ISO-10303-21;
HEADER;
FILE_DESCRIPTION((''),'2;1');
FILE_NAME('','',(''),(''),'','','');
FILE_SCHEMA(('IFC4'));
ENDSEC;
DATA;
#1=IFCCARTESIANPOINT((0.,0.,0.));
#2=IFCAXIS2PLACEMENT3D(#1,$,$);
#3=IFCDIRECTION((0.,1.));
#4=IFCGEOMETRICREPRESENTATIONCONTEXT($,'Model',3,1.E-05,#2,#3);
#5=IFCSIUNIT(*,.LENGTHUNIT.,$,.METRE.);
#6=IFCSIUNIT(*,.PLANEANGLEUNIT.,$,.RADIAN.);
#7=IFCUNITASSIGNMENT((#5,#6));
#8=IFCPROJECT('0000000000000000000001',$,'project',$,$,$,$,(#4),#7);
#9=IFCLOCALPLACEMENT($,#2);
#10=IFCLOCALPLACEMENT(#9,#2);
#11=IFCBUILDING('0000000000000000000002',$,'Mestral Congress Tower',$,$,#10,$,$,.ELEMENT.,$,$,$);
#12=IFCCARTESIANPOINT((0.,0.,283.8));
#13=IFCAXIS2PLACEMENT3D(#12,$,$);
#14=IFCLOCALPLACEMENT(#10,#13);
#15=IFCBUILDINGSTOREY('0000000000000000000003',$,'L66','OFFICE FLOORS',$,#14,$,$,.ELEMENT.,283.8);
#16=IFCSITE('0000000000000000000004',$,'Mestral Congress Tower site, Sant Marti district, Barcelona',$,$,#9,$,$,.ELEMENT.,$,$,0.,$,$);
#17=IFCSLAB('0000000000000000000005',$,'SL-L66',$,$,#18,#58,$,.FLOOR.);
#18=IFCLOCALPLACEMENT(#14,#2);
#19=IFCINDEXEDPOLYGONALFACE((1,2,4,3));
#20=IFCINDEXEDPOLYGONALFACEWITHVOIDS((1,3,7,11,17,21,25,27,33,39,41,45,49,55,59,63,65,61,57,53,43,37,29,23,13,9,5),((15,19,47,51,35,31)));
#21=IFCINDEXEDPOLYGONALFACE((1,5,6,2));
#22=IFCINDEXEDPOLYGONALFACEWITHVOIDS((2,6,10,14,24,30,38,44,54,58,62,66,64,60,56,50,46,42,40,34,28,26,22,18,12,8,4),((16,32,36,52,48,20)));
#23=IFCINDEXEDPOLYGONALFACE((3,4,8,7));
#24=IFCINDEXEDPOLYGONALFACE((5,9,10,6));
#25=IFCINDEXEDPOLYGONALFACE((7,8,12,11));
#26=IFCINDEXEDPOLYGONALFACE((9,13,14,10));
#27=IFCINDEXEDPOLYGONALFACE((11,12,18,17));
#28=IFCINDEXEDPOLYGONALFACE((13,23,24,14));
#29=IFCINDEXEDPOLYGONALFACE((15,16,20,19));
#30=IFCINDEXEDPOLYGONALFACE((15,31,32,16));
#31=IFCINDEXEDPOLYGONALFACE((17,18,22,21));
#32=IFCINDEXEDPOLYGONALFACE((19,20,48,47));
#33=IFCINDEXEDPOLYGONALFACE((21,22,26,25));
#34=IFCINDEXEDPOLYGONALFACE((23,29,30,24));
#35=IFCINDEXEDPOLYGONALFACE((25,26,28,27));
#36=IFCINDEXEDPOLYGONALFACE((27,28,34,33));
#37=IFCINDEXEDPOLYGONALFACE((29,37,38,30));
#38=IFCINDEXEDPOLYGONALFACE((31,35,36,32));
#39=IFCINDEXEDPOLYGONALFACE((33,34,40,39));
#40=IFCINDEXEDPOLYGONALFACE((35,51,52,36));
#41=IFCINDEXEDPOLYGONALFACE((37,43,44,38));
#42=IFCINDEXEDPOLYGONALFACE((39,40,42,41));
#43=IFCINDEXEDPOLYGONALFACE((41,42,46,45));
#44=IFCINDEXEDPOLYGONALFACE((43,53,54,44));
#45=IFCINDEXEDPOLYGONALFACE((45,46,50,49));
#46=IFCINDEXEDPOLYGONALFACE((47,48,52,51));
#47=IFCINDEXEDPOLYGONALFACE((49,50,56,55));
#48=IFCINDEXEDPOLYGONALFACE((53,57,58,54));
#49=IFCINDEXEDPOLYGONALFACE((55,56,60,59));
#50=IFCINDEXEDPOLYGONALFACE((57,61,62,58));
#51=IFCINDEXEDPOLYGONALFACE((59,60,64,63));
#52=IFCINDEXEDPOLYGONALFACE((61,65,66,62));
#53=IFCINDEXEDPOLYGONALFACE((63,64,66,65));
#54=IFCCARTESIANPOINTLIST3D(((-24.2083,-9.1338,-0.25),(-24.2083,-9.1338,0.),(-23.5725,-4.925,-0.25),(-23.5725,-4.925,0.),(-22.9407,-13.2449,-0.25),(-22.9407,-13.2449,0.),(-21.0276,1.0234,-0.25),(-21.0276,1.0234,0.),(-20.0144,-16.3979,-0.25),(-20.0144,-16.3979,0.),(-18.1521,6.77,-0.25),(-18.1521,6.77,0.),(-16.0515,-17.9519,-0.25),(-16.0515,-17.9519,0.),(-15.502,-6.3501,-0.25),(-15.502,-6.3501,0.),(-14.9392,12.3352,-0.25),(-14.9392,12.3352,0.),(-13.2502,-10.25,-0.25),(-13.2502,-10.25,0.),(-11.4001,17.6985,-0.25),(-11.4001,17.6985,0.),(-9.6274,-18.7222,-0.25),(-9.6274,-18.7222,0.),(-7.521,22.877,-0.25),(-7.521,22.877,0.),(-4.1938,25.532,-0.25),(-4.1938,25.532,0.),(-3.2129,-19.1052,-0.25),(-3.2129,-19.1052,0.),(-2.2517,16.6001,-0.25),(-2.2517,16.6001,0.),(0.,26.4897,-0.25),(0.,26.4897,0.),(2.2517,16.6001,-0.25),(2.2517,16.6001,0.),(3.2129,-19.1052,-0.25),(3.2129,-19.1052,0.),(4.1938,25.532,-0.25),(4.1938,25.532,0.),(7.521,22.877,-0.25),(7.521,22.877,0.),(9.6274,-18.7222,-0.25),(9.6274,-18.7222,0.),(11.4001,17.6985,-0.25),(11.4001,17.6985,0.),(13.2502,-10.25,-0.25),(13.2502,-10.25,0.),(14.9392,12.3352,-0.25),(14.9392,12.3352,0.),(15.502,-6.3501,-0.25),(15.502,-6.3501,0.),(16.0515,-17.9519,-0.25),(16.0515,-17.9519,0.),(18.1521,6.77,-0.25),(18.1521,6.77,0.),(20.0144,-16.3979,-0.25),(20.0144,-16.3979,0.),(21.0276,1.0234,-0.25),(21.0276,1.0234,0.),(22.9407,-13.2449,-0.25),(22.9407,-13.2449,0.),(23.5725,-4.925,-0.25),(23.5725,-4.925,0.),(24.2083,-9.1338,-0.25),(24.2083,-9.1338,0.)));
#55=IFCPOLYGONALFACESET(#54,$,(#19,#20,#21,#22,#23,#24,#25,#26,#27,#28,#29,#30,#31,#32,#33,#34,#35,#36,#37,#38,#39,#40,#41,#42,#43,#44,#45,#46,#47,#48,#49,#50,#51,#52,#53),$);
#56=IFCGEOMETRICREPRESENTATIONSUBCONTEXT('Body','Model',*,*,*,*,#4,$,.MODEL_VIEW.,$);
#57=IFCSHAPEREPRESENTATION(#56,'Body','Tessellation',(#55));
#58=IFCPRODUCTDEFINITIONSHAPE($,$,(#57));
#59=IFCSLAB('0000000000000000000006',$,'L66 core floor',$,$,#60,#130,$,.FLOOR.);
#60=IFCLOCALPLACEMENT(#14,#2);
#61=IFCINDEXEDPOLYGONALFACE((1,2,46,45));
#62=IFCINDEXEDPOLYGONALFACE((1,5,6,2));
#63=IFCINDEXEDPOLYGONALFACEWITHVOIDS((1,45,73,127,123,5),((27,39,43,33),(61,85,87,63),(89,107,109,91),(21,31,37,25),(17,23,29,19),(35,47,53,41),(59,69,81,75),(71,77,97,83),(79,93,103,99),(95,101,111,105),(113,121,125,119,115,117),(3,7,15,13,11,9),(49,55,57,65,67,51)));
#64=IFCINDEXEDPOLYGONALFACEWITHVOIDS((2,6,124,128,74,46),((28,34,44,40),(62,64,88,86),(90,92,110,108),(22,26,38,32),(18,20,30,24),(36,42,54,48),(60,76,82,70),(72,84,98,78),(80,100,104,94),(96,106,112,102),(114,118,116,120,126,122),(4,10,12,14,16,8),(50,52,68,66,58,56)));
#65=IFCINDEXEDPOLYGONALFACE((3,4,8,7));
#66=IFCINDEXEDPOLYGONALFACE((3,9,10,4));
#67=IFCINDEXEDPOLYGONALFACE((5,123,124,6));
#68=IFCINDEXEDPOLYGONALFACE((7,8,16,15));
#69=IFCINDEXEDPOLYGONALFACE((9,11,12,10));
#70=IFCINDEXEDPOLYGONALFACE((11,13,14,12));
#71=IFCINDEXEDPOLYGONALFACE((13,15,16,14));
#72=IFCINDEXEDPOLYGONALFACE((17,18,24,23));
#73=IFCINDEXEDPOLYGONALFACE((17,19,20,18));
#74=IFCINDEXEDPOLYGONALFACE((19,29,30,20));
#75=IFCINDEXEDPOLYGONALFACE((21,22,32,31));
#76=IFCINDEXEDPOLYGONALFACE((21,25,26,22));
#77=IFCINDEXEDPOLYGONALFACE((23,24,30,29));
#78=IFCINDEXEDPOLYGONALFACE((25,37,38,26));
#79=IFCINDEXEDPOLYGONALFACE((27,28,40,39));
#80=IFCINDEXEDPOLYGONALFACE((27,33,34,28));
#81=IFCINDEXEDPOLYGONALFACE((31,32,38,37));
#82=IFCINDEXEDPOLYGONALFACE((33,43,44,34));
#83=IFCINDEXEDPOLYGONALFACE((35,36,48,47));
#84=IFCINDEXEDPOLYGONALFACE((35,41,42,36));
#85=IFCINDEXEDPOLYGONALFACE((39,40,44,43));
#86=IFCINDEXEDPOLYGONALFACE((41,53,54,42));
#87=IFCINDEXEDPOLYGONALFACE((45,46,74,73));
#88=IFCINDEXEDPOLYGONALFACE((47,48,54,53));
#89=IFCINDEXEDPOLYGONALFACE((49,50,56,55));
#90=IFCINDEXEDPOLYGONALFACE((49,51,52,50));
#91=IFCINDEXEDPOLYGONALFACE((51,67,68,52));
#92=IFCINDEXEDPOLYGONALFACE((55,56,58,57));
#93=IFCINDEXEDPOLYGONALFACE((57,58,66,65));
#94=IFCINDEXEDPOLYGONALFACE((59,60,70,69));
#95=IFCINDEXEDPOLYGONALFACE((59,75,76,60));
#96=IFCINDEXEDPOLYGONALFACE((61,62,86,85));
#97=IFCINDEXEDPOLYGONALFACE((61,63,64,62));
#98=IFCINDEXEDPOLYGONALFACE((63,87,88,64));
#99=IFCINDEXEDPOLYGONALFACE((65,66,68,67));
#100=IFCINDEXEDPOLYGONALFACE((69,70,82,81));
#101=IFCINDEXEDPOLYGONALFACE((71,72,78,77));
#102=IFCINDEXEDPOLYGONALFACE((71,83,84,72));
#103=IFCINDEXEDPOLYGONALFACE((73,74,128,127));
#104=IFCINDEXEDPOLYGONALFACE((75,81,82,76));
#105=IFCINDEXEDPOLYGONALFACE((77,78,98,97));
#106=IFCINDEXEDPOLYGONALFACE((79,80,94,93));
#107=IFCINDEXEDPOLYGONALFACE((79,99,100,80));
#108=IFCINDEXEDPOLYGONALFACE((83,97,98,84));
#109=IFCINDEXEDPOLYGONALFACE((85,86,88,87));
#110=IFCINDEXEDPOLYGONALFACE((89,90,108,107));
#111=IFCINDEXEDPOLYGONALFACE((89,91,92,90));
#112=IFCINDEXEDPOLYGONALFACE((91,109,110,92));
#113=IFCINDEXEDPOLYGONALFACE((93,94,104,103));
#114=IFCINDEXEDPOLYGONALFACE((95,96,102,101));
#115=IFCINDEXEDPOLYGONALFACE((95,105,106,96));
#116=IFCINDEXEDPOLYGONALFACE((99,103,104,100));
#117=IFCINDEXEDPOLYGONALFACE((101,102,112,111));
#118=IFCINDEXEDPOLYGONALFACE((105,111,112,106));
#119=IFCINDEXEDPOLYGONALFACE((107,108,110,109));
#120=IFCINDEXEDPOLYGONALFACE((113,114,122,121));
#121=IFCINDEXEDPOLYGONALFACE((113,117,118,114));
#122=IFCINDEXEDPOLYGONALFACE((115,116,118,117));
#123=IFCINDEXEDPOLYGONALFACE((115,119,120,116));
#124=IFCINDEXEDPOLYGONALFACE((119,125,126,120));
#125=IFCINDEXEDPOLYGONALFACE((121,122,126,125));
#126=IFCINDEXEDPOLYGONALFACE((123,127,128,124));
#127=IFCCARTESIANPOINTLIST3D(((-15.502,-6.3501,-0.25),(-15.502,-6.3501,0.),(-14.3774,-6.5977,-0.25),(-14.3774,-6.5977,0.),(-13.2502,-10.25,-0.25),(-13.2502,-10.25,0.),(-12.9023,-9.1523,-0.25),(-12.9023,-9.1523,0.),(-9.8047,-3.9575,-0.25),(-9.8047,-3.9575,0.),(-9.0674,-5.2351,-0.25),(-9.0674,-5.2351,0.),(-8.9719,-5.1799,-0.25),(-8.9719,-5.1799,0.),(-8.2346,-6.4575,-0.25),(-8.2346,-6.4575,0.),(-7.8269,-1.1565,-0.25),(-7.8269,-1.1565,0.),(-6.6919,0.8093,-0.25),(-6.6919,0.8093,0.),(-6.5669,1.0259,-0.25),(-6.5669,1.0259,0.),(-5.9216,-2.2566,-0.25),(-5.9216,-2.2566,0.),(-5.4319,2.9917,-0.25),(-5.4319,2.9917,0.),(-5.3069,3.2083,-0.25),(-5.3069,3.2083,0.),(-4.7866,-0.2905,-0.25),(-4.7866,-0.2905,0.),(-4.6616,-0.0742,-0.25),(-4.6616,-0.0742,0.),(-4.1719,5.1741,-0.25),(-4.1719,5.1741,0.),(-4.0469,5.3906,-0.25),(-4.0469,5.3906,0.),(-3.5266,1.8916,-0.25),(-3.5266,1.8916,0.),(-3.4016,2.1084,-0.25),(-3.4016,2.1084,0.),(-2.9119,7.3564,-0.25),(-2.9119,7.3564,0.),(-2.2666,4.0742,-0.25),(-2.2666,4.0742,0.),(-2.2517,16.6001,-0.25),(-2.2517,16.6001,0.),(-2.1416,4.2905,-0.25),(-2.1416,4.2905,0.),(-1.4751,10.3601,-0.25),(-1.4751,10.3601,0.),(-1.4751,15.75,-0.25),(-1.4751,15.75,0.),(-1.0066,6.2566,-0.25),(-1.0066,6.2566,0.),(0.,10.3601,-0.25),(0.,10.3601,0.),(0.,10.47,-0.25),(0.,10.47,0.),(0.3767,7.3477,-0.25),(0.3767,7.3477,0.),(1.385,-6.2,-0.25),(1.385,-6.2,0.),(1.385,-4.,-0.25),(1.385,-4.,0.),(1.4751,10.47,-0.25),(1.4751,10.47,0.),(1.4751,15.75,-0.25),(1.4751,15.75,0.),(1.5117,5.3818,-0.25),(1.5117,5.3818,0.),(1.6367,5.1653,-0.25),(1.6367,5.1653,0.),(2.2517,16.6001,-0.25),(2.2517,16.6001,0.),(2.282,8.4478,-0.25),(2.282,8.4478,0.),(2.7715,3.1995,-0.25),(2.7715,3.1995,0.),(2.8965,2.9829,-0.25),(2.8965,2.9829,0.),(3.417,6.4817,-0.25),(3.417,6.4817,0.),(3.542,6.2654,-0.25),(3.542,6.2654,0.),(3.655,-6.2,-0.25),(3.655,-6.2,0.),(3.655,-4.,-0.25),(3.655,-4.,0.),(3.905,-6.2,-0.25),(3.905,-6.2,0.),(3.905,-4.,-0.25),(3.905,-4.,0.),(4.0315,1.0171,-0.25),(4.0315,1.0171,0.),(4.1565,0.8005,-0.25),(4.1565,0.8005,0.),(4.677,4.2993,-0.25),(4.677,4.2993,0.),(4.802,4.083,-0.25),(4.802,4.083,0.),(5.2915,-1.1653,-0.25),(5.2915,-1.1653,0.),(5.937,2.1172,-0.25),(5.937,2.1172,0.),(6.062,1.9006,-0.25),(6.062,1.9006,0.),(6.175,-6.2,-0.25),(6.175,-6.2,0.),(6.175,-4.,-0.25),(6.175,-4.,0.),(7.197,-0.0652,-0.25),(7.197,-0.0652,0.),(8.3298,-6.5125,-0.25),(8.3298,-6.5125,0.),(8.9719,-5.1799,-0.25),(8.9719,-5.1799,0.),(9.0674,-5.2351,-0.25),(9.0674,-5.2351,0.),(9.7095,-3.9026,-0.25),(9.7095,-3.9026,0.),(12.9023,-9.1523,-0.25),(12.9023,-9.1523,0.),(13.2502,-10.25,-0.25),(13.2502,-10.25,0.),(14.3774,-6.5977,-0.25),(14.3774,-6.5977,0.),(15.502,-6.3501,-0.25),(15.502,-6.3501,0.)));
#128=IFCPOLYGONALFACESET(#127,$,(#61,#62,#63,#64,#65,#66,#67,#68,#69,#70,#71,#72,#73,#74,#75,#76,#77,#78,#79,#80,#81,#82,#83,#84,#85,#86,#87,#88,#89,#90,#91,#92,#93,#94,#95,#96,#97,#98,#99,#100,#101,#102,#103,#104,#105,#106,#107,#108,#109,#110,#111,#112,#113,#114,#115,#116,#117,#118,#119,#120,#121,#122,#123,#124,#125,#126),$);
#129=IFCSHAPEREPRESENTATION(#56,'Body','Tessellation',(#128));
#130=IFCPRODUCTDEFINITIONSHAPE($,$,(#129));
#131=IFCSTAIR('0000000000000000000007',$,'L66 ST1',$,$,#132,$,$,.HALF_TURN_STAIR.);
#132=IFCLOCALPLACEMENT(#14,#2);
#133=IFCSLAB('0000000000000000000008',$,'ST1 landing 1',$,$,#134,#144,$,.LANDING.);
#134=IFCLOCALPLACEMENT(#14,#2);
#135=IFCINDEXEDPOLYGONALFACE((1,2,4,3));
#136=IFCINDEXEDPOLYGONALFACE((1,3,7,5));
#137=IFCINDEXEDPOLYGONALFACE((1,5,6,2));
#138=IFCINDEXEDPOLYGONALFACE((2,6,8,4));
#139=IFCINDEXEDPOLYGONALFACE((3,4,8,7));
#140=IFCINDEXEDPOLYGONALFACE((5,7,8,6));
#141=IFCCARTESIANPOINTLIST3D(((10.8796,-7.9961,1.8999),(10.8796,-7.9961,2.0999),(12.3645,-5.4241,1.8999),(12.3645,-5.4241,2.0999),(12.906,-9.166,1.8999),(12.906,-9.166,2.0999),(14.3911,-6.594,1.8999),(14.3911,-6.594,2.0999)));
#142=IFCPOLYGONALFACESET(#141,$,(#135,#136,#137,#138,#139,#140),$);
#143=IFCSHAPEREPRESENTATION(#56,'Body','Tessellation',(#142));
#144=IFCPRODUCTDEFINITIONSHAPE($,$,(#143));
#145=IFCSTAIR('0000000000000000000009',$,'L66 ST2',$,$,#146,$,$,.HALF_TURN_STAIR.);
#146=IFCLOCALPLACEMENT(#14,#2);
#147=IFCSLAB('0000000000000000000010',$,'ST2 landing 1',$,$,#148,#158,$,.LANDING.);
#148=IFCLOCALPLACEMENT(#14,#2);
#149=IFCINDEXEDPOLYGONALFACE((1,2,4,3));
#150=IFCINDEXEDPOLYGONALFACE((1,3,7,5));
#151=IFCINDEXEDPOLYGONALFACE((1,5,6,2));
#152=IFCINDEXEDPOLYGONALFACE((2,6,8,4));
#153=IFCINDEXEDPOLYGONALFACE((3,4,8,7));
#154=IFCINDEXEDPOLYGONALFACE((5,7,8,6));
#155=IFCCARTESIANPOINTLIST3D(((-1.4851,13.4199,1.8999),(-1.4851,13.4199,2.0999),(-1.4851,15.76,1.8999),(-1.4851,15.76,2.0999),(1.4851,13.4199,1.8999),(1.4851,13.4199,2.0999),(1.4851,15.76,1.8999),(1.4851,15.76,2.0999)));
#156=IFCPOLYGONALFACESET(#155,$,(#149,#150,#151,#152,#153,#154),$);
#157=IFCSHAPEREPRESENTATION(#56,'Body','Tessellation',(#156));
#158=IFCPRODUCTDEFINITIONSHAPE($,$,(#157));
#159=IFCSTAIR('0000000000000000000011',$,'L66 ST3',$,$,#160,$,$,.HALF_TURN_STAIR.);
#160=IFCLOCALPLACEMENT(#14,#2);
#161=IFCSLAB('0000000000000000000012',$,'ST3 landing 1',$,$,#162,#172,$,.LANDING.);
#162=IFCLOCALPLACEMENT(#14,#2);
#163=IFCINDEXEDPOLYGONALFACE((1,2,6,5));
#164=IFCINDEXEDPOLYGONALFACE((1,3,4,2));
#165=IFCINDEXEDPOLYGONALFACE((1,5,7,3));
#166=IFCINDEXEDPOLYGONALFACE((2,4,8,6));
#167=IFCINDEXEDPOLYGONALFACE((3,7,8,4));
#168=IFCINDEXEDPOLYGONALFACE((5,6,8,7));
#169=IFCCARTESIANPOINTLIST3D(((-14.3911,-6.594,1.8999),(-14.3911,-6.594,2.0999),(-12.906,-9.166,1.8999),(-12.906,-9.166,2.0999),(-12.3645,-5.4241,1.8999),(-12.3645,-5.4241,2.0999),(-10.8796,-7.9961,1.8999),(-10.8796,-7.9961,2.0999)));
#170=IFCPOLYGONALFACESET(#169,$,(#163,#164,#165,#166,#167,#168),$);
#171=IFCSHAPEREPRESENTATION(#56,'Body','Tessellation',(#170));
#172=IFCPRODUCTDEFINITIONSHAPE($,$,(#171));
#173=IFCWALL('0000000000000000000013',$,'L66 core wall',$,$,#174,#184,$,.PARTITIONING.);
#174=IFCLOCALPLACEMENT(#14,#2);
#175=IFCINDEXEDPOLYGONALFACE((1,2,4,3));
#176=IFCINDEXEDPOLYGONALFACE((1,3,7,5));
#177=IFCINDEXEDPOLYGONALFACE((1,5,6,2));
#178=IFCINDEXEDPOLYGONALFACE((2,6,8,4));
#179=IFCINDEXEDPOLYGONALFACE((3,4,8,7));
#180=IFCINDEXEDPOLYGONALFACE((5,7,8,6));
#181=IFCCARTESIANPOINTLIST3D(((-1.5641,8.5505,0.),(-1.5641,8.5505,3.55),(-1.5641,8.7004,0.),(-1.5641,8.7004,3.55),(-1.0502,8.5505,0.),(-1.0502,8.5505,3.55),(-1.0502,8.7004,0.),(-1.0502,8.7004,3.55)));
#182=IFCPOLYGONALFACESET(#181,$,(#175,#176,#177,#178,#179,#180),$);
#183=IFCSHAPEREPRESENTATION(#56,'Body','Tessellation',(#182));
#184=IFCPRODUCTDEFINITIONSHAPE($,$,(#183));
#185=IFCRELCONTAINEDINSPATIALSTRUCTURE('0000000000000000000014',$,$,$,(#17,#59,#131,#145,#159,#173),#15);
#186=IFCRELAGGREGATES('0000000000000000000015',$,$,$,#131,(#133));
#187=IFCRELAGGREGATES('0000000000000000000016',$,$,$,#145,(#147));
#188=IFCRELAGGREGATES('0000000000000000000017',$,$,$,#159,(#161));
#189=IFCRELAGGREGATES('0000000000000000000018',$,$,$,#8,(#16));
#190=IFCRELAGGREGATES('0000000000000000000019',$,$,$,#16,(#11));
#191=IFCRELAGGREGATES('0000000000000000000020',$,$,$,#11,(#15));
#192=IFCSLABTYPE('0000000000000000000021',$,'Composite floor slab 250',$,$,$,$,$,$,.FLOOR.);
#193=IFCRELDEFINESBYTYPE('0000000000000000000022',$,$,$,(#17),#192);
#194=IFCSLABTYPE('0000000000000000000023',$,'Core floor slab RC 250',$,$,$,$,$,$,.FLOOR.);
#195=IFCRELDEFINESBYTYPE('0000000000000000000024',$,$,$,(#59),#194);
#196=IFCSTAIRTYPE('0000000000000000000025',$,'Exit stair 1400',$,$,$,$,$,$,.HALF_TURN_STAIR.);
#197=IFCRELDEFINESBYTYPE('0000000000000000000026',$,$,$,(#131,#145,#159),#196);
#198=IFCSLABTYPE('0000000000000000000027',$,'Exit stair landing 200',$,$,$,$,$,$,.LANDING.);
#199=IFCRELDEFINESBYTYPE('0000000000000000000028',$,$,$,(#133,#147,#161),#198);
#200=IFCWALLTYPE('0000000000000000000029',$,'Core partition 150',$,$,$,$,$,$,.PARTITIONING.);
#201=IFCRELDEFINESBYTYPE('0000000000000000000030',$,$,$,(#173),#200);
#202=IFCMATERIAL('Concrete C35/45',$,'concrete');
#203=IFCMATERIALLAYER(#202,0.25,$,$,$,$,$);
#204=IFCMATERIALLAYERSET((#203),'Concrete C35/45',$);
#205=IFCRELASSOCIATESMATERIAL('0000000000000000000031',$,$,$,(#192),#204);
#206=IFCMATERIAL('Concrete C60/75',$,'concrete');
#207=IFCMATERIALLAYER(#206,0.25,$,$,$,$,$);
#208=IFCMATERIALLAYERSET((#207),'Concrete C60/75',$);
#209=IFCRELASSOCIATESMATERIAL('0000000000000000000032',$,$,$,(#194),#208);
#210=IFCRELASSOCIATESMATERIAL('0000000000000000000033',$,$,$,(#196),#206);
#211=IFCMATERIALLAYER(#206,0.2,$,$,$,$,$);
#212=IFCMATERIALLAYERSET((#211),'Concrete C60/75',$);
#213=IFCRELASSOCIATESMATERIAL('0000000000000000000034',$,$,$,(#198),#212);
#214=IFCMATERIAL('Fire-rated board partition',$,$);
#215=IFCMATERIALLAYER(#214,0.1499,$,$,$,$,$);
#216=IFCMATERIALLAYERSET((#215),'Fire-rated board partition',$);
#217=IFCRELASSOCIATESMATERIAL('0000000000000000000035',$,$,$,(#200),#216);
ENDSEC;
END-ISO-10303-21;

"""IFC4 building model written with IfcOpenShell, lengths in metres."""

from ifc_helpers import new_model, si_unit, direction, frame, frame_2d, origin, place, context, subcontext, project, spatial, polyline, rectangle, outline, extrude, material, layer, layer_set, type_object, element, aggregate, save


model = new_model("IFC4")

# Units and contexts
model_context = context("Model", 3, precision=1e-05, world=origin(), true_north=direction((0.0, 1.0)))
body_context = subcontext(model_context, "Body", "Model", "MODEL_VIEW")
ifc_project = project(units=[si_unit("LENGTHUNIT", "METRE"), si_unit("PLANEANGLEUNIT", "RADIAN")], contexts=[model_context])

# Site, building, storey
site_placement = place(None, origin())
site = spatial("IfcSite", under=ifc_project, at=site_placement, Name="Mestral Congress Tower site, Sant Marti district, Barcelona", CompositionType="ELEMENT", RefElevation=0.0)
building_placement = place(site_placement, origin())
building = spatial("IfcBuilding", under=site, at=building_placement, Name="Mestral Congress Tower", CompositionType="ELEMENT")
storey_placement = place(building_placement, frame((0.0, 0.0, 283.8)))
storey = spatial("IfcBuildingStorey", under=building, at=storey_placement, Name="L66", Description="OFFICE FLOORS", CompositionType="ELEMENT", Elevation=283.8)

# Slabs
ifc_material_1 = material(Name="Concrete C35/45", Category="concrete")
ifc_layer_1 = layer(ifc_material_1, 0.25)
ifc_layer_set_1 = layer_set([ifc_layer_1], Name="Concrete C35/45")
slab_type_1 = type_object("IfcSlabType", Name="Composite floor slab 250", PredefinedType="FLOOR", material=ifc_layer_set_1)
placement_1 = place(storey_placement, frame((0.0, 0.0, -0.25)))
element("IfcSlab", 1, at=placement_1, inside=storey, type_object=slab_type_1, Name="SL-L66", PredefinedType="FLOOR", context=body_context, shape_type="SweptSolid", body=[
    extrude(outline(polyline([(-16.0515, -17.9519), (-20.0144, -16.3979), (-22.9407, -13.2449), (-24.2083, -9.1338), (-23.5725, -4.925), (-21.0276, 1.0234), (-18.1521, 6.77), (-14.9392, 12.3352), (-11.4001, 17.6985), (-7.521, 22.877), (-4.1938, 25.532), (0.0, 26.4897), (4.1938, 25.532), (7.521, 22.877), (11.4001, 17.6985), (14.9392, 12.3352), (18.1521, 6.77), (21.0276, 1.0234), (23.5725, -4.925), (24.2083, -9.1338), (22.9407, -13.2449), (20.0144, -16.3979), (16.0515, -17.9519), (9.6274, -18.7222), (3.2129, -19.1052), (-3.2129, -19.1052), (-9.6274, -18.7222), (-16.0515, -17.9519)]), holes=[polyline([(-2.2517, 16.6001), (-15.502, -6.3501), (-13.2502, -10.25), (13.2502, -10.25), (15.502, -6.3501), (2.2517, 16.6001), (-2.2517, 16.6001)])]), origin(), (0.0, 0.0, 1.0), 0.25),
])
ifc_material_2 = material(Name="Concrete C60/75", Category="concrete")
ifc_layer_2 = layer(ifc_material_2, 0.25)
ifc_layer_set_2 = layer_set([ifc_layer_2], Name="Concrete C60/75")
slab_type_2 = type_object("IfcSlabType", Name="Core floor slab RC 250", PredefinedType="FLOOR", material=ifc_layer_set_2)
element("IfcSlab", 2, at=placement_1, inside=storey, type_object=slab_type_2, Name="L66 core floor", PredefinedType="FLOOR", context=body_context, shape_type="SweptSolid", body=[
    extrude(outline(polyline([(13.2502, -10.25), (-13.2502, -10.25), (-15.502, -6.3501), (-2.2517, 16.6001), (2.2517, 16.6001), (15.502, -6.3501), (13.2502, -10.25)]), holes=[polyline([(-14.3774, -6.5977), (-12.9023, -9.1523), (-8.2346, -6.4575), (-8.9719, -5.1799), (-9.0674, -5.2351), (-9.8047, -3.9575), (-14.3774, -6.5977)]), polyline([(-5.9216, -2.2566), (-4.7866, -0.2905), (-6.6919, 0.8093), (-7.8269, -1.1565), (-5.9216, -2.2566)]), polyline([(-4.6616, -0.0742), (-3.5266, 1.8916), (-5.4319, 2.9917), (-6.5669, 1.0259), (-4.6616, -0.0742)]), polyline([(-2.2666, 4.0742), (-4.1719, 5.1741), (-5.3069, 3.2083), (-3.4016, 2.1084), (-2.2666, 4.0742)]), polyline([(-2.1416, 4.2905), (-1.0066, 6.2566), (-2.9119, 7.3564), (-4.0469, 5.3906), (-2.1416, 4.2905)]), polyline([(0.3767, 7.3477), (1.5117, 5.3818), (3.417, 6.4817), (2.282, 8.4478), (0.3767, 7.3477)]), polyline([(1.4751, 15.75), (-1.4751, 15.75), (-1.4751, 10.3601), (0.0, 10.3601), (0.0, 10.47), (1.4751, 10.47), (1.4751, 15.75)]), polyline([(8.3298, -6.5125), (12.9023, -9.1523), (14.3774, -6.5977), (9.7095, -3.9026), (8.9719, -5.1799), (9.0674, -5.2351), (8.3298, -6.5125)]), polyline([(3.655, -4.0), (1.385, -4.0), (1.385, -6.2), (3.655, -6.2), (3.655, -4.0)]), polyline([(6.175, -4.0), (3.905, -4.0), (3.905, -6.2), (6.175, -6.2), (6.175, -4.0)]), polyline([(4.1565, 0.8005), (5.2915, -1.1653), (7.197, -0.0652), (6.062, 1.9006), (4.1565, 0.8005)]), polyline([(2.8965, 2.9829), (4.0315, 1.0171), (5.937, 2.1172), (4.802, 4.083), (2.8965, 2.9829)]), polyline([(1.6367, 5.1653), (2.7715, 3.1995), (4.677, 4.2993), (3.542, 6.2654), (1.6367, 5.1653)])]), origin(), (0.0, 0.0, 1.0), 0.25),
])

# Stairs, slabs
stair_type = type_object("IfcStairType", Name="Exit stair 1400", PredefinedType="HALF_TURN_STAIR", material=ifc_material_2)
placement_2 = place(storey_placement, origin())
stair_1 = element("IfcStair", 3, at=placement_2, inside=storey, type_object=stair_type, Name="L66 ST1", PredefinedType="HALF_TURN_STAIR")
ifc_layer_3 = layer(ifc_material_2, 0.2)
ifc_layer_set_3 = layer_set([ifc_layer_3], Name="Concrete C60/75")
slab_type_3 = type_object("IfcSlabType", Name="Exit stair landing 200", PredefinedType="LANDING", material=ifc_layer_set_3)
placement_3 = place(storey_placement, frame((0.0, 0.0, 1.8999)))
slab_1 = element("IfcSlab", 4, at=placement_3, type_object=slab_type_3, Name="ST1 landing 1", PredefinedType="LANDING", context=body_context, shape_type="SweptSolid", body=[
    extrude(outline(polyline([(10.8796, -7.9961), (12.3645, -5.4241), (14.3911, -6.594), (12.906, -9.166), (10.8796, -7.9961)])), origin(), (0.0, 0.0, 1.0), 0.2),
])
aggregate(stair_1, [slab_1])
stair_2 = element("IfcStair", 5, at=placement_2, inside=storey, type_object=stair_type, Name="L66 ST2", PredefinedType="HALF_TURN_STAIR")
slab_2 = element("IfcSlab", 6, at=placement_3, type_object=slab_type_3, Name="ST2 landing 1", PredefinedType="LANDING", context=body_context, shape_type="SweptSolid", body=[
    extrude(outline(polyline([(1.4851, 13.4199), (-1.4851, 13.4199), (-1.4851, 15.76), (1.4851, 15.76), (1.4851, 13.4199)])), origin(), (0.0, 0.0, 1.0), 0.2),
])
aggregate(stair_2, [slab_2])
stair_3 = element("IfcStair", 7, at=placement_2, inside=storey, type_object=stair_type, Name="L66 ST3", PredefinedType="HALF_TURN_STAIR")
slab_3 = element("IfcSlab", 8, at=placement_3, type_object=slab_type_3, Name="ST3 landing 1", PredefinedType="LANDING", context=body_context, shape_type="SweptSolid", body=[
    extrude(outline(polyline([(-12.3645, -5.4241), (-10.8796, -7.9961), (-12.906, -9.166), (-14.3911, -6.594), (-12.3645, -5.4241)])), origin(), (0.0, 0.0, 1.0), 0.2),
])
aggregate(stair_3, [slab_3])

# Wall
ifc_material_3 = material(Name="Fire-rated board partition")
ifc_layer_4 = layer(ifc_material_3, 0.1499)
ifc_layer_set_4 = layer_set([ifc_layer_4], Name="Fire-rated board partition")
wall_type_1 = type_object("IfcWallType", Name="Core partition 150", PredefinedType="PARTITIONING", material=ifc_layer_set_4)
wall_1_placement = place(storey_placement, frame((-1.564, 8.6255, 0.0), z_axis=(0.0, 0.0, 1.0), x_axis=(1.0, 0.0, 0.0)))
element("IfcWall", 9, at=wall_1_placement, inside=storey, type_object=wall_type_1, Name="L66 core wall", PredefinedType="PARTITIONING", context=body_context, shape_type="SweptSolid", body=[
    extrude(rectangle(XDim=0.5139, YDim=0.1499, at=frame_2d((0.2568, 0.0))), origin(), (0.0, 0.0, 1.0), 3.55),
])

save(model, "model.ifc")
